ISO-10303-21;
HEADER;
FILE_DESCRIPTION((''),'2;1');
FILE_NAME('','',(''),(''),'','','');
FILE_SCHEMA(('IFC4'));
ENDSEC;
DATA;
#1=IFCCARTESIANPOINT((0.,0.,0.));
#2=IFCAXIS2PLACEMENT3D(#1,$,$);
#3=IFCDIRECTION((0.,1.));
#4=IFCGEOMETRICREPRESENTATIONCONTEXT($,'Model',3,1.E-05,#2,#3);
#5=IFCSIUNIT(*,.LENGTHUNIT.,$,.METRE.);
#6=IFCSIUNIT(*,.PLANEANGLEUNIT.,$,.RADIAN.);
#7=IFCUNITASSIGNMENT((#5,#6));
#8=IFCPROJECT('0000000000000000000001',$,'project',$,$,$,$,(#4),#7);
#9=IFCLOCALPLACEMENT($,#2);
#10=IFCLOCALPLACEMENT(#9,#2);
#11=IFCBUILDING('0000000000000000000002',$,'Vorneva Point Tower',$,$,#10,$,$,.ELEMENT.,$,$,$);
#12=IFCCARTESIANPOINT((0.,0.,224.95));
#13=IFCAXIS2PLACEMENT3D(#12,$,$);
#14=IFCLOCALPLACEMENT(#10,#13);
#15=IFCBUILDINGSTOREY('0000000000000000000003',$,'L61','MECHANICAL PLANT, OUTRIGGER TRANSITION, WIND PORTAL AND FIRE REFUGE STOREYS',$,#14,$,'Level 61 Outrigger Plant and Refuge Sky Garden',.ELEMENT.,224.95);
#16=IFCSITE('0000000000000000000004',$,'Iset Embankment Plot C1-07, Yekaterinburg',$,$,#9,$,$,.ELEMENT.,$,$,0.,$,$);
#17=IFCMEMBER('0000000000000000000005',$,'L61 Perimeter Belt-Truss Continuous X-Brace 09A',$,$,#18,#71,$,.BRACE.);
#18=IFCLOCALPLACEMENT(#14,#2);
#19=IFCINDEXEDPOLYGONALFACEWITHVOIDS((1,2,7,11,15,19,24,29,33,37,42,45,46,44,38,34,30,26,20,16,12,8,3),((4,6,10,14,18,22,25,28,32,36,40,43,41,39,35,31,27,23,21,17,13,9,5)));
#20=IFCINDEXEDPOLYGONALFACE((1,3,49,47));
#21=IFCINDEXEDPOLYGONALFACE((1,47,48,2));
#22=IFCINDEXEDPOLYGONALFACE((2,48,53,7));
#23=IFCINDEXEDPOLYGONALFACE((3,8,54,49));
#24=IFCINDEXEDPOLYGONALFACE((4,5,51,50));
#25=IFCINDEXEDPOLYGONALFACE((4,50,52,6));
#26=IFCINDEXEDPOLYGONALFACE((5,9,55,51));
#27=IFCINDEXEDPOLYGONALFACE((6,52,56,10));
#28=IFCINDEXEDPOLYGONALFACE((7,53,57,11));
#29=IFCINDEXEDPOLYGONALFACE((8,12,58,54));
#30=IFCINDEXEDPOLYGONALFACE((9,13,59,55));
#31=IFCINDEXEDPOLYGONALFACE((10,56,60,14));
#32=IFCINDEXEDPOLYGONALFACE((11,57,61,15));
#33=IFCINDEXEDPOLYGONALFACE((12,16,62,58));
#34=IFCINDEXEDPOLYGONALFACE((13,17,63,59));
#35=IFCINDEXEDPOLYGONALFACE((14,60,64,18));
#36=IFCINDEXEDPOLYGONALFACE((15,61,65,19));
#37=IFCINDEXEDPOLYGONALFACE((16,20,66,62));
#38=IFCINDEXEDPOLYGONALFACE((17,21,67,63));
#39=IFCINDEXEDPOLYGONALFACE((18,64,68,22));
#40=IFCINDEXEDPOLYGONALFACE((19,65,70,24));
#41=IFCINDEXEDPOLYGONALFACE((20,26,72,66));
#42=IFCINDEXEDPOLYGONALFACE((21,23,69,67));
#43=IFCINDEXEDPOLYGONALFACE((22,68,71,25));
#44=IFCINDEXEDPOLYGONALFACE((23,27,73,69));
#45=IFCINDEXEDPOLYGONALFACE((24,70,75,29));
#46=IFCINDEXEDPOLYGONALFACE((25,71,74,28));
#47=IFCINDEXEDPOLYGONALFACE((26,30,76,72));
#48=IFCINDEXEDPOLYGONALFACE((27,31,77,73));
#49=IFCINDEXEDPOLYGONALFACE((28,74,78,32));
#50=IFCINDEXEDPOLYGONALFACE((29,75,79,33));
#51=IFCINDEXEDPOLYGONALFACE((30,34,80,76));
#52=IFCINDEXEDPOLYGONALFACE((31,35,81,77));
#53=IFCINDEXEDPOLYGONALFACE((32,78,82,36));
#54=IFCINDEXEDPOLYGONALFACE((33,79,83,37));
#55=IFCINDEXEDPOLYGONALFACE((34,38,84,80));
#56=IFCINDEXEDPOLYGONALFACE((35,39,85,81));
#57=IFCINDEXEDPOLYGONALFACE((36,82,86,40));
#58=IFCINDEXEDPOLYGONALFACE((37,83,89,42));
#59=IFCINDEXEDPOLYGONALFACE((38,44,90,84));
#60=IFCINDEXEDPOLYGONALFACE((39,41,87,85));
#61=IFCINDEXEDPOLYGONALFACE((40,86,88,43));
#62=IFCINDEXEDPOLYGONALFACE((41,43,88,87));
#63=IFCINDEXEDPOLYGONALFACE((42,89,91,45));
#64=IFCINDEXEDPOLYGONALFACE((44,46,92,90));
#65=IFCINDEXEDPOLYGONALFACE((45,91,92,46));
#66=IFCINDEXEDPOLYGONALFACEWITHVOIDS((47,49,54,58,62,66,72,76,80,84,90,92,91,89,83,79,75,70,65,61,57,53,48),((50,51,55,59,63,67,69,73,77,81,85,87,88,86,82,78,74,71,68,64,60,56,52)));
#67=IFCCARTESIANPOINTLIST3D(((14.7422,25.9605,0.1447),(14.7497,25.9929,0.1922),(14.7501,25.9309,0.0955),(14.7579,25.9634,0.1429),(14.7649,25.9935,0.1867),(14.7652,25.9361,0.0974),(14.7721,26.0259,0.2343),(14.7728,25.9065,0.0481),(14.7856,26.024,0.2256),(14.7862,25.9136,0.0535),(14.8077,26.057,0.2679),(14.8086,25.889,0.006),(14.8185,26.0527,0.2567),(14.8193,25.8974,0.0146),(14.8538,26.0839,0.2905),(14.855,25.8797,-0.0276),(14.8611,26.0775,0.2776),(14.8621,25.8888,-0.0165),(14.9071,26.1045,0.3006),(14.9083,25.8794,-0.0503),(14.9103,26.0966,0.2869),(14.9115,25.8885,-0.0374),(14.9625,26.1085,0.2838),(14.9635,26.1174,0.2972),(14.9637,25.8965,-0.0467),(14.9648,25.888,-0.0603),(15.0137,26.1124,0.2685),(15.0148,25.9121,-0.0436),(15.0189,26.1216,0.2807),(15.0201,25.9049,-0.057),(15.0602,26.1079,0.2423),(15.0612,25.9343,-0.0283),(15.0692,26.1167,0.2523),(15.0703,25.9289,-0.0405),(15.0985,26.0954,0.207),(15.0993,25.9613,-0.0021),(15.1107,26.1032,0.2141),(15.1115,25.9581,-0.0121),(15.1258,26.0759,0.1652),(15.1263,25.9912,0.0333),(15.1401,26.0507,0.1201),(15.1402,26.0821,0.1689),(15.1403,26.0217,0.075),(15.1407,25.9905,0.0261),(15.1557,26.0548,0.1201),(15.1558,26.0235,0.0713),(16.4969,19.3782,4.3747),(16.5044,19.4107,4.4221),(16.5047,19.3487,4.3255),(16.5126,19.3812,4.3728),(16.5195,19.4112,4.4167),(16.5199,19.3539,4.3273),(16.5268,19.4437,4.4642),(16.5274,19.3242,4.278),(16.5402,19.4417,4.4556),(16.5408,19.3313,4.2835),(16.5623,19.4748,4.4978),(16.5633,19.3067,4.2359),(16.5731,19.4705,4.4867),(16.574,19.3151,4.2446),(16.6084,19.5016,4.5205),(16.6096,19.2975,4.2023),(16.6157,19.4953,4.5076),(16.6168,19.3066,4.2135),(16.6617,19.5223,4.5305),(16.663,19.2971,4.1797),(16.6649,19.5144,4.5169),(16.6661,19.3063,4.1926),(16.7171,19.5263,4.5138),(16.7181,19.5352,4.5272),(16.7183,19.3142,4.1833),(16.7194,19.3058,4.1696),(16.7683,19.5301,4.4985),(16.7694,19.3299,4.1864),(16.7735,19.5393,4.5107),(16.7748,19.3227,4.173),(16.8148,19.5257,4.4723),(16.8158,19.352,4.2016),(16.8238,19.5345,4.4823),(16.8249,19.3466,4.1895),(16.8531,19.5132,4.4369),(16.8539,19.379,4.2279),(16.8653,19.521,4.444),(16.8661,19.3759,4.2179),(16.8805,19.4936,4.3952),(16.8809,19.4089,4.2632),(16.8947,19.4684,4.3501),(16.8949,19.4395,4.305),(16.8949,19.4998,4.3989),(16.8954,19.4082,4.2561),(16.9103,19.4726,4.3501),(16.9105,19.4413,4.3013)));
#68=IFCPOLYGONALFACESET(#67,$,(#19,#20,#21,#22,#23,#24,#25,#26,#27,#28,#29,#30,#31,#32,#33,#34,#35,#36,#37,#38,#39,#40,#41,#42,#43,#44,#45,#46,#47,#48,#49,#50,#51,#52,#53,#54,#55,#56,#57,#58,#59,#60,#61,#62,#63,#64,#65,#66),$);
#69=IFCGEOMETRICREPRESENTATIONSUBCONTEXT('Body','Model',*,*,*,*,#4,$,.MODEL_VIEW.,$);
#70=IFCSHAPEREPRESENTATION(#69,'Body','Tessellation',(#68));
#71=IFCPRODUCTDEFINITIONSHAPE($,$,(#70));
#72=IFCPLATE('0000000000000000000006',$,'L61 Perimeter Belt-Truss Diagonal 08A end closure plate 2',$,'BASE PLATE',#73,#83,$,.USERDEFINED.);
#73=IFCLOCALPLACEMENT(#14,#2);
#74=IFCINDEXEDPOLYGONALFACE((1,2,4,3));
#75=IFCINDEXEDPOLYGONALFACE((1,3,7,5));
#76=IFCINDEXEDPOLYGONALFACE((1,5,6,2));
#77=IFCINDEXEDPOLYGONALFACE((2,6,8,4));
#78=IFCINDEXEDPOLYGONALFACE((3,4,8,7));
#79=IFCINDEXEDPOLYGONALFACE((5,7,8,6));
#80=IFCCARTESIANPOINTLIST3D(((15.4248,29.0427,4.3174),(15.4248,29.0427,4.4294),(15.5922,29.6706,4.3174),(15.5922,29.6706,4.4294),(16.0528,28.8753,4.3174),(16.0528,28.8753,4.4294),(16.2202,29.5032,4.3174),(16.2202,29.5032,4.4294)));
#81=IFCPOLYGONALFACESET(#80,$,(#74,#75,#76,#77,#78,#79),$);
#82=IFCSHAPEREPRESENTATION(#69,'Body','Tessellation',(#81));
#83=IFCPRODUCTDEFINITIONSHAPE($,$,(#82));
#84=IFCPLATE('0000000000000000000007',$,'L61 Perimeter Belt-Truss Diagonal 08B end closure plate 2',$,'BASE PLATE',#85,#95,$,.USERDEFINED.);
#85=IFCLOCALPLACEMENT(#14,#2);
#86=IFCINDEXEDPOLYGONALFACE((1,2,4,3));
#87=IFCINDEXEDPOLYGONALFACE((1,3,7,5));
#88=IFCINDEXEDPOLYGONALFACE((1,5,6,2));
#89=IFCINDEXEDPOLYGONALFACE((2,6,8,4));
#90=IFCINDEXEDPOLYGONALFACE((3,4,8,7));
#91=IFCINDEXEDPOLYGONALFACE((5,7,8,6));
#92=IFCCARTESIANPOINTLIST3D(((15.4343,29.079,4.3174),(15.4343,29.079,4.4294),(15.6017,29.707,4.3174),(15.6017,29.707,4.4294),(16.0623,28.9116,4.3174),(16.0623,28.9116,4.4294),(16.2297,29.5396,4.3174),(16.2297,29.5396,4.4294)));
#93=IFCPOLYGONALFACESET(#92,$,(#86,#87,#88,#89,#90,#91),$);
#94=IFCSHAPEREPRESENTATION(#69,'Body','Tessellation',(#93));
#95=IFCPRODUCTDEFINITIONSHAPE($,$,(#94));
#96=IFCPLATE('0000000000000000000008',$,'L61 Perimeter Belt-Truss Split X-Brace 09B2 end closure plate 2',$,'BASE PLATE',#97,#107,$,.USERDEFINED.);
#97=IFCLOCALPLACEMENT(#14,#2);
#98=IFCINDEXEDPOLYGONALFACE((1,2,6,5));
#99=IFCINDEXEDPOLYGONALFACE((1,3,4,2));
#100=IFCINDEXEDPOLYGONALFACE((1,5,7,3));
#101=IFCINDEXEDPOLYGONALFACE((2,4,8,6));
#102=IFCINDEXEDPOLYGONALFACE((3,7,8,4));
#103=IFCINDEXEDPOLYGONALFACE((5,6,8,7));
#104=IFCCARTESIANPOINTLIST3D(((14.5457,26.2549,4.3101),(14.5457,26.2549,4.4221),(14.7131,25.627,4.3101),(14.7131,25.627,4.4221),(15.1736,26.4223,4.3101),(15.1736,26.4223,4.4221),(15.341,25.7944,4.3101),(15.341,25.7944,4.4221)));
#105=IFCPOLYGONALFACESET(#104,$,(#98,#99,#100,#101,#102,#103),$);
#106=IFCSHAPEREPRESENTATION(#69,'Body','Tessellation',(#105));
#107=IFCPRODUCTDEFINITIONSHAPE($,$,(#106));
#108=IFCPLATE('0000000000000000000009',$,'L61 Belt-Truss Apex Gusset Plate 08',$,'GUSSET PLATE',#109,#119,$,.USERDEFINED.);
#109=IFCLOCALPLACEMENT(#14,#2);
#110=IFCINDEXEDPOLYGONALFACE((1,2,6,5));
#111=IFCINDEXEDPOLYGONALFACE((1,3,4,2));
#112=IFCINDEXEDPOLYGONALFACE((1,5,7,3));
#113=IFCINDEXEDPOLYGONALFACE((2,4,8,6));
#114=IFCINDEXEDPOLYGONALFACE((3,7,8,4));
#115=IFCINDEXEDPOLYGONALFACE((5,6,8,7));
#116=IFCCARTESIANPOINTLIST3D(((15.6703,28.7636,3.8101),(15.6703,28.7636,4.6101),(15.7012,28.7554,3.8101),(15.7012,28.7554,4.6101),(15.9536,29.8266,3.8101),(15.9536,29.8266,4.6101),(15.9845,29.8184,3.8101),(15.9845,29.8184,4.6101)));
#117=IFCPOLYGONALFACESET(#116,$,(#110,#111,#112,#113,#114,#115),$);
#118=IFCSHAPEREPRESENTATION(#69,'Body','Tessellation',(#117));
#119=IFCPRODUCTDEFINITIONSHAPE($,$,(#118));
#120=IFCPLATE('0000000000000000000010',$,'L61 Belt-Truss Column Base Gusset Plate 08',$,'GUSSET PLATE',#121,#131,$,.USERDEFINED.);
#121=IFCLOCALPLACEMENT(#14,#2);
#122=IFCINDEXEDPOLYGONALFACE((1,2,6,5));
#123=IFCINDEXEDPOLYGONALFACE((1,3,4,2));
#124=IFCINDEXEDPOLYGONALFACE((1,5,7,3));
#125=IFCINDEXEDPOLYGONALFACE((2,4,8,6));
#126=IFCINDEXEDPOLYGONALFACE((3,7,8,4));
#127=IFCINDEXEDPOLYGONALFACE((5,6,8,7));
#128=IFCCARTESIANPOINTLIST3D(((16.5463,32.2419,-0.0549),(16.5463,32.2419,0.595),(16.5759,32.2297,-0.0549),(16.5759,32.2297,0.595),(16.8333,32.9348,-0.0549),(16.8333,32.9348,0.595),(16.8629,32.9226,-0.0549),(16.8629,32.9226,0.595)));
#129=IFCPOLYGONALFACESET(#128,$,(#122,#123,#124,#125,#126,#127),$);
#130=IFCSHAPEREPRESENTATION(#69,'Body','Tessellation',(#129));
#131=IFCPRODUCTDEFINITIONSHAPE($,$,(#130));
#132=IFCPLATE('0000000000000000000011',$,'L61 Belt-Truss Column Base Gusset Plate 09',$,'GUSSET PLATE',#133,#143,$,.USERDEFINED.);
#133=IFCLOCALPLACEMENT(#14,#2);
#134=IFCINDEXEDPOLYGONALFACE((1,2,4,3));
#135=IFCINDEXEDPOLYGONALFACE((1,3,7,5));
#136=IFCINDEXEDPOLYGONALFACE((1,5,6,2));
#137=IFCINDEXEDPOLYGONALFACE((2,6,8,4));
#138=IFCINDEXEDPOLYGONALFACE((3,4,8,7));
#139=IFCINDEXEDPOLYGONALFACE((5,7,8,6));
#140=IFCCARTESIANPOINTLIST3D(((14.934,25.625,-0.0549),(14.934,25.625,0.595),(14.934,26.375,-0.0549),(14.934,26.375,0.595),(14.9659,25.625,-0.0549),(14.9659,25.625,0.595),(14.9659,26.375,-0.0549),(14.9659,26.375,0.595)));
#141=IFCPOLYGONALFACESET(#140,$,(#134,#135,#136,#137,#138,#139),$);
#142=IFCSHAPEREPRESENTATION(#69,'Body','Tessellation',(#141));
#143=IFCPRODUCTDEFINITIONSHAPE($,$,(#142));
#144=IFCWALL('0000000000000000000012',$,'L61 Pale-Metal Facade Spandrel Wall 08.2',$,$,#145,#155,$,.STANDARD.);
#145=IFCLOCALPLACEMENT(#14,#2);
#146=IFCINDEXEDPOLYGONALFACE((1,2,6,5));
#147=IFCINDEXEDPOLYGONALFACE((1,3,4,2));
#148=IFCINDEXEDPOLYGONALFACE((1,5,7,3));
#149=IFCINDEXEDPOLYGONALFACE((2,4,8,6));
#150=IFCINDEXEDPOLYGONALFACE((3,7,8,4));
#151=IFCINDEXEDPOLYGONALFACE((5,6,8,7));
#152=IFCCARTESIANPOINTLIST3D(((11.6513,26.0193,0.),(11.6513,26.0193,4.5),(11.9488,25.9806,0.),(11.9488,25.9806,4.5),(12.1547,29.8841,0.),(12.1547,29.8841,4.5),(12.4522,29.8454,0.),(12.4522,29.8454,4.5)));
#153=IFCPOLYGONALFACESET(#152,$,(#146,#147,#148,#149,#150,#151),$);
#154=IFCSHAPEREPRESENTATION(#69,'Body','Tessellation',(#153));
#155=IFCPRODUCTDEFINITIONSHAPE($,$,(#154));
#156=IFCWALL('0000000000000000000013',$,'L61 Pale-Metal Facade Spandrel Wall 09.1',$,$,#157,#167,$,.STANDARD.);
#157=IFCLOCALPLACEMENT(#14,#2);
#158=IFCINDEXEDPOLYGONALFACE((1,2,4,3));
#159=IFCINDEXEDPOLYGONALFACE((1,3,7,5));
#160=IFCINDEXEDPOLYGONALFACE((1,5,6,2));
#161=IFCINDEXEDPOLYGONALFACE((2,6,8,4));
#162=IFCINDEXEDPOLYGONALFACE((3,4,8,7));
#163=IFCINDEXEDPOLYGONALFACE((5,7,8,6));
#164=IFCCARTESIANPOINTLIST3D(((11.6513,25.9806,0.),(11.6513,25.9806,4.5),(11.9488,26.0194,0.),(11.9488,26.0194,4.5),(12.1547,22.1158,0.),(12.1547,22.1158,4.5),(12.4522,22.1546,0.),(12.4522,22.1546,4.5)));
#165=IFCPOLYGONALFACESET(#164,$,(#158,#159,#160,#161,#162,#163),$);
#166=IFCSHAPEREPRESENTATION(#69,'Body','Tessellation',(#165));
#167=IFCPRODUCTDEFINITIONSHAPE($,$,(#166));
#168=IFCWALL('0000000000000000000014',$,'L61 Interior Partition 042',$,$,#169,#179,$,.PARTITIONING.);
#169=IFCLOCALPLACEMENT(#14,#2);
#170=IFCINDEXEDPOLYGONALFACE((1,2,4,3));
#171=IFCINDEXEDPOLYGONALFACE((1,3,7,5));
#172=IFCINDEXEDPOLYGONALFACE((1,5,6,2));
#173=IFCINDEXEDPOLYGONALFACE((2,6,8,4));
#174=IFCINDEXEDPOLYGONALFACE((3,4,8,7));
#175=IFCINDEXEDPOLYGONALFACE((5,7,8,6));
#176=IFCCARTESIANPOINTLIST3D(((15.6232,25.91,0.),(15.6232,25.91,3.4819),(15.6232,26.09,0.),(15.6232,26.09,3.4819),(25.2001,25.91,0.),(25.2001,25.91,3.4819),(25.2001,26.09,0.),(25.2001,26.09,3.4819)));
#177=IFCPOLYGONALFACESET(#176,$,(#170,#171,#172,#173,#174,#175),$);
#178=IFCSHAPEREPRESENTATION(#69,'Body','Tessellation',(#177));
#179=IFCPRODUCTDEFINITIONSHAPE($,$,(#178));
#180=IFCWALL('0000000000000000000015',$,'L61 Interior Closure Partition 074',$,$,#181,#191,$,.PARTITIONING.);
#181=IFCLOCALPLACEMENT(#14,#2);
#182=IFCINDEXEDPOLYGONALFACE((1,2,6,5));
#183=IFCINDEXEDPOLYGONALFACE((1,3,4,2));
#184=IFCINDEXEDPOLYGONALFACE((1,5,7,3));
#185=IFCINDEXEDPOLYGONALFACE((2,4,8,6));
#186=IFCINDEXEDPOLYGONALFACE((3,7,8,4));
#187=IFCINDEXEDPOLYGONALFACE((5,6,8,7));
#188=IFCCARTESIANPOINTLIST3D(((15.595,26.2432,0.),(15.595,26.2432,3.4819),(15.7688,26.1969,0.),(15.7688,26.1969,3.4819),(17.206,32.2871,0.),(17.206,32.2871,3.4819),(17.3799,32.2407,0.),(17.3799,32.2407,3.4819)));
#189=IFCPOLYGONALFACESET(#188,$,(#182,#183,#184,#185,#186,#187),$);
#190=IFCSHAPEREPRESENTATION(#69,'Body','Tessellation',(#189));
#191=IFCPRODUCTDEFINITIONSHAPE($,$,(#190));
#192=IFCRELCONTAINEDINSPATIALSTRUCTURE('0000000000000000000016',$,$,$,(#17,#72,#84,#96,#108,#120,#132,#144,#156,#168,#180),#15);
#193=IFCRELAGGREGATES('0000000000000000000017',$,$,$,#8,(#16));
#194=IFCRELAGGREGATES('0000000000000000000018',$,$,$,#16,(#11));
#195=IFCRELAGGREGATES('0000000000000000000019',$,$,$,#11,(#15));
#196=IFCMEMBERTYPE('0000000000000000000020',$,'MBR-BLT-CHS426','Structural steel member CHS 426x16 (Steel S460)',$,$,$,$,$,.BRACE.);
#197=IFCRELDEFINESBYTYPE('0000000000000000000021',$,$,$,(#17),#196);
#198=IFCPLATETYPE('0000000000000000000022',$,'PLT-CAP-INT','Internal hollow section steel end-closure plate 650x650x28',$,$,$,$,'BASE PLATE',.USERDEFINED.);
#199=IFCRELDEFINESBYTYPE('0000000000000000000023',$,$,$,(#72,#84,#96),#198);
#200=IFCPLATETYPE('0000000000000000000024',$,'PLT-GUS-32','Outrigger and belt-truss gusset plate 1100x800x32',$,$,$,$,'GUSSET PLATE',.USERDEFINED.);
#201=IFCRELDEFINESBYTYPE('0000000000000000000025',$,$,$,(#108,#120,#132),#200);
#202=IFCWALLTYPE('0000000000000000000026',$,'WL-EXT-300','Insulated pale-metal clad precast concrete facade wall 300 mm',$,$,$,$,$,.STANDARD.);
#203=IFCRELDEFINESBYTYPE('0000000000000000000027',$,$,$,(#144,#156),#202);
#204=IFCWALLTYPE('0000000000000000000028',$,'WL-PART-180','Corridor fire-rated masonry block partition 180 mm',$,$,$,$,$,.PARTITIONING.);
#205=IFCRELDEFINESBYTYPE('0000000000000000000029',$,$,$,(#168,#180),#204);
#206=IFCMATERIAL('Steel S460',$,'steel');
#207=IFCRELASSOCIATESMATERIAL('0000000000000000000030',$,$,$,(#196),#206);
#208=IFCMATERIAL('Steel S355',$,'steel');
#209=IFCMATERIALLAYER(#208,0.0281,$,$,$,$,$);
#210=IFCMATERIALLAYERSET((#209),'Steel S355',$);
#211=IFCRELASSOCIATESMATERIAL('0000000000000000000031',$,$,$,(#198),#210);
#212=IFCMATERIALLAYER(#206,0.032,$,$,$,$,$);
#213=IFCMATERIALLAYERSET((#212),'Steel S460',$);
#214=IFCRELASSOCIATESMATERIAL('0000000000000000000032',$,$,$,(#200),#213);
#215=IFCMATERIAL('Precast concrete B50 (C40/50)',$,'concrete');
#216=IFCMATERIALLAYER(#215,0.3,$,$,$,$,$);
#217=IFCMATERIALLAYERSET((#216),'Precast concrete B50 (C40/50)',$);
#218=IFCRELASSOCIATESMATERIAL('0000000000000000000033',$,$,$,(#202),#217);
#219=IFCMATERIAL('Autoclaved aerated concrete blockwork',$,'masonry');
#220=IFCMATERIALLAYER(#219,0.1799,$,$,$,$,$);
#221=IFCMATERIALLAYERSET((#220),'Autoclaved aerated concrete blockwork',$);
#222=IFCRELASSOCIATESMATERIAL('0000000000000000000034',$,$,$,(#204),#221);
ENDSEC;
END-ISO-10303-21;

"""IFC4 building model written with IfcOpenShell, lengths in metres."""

from ifc_helpers import new_model, si_unit, direction, frame, frame_2d, origin, origin_2d, place, context, subcontext, project, spatial, rectangle, hollow_circle, extrude, material, layer, layer_set, material_profile, profile_set, type_object, element, save


model = new_model("IFC4")

# Units and contexts
model_context = context("Model", 3, precision=1e-05, world=origin(), true_north=direction((0.0, 1.0)))
body_context = subcontext(model_context, "Body", "Model", "MODEL_VIEW")
ifc_project = project(units=[si_unit("LENGTHUNIT", "METRE"), si_unit("PLANEANGLEUNIT", "RADIAN")], contexts=[model_context])

# Site, building, storey
site_placement = place(None, origin())
site = spatial("IfcSite", under=ifc_project, at=site_placement, Name="Iset Embankment Plot C1-07, Yekaterinburg", CompositionType="ELEMENT", RefElevation=0.0)
building_placement = place(site_placement, origin())
building = spatial("IfcBuilding", under=site, at=building_placement, Name="Vorneva Point Tower", CompositionType="ELEMENT")
storey_placement = place(building_placement, frame((0.0, 0.0, 224.95)))
storey = spatial("IfcBuildingStorey", under=building, at=storey_placement, Name="L61", Description="MECHANICAL PLANT, OUTRIGGER TRANSITION, WIND PORTAL AND FIRE REFUGE STOREYS", LongName="Level 61 Outrigger Plant and Refuge Sky Garden", CompositionType="ELEMENT", Elevation=224.95)

# Shared definitions
ifc_material_1 = material(Name="Steel S460", Category="steel")
ifc_material_2 = material(Name="Steel S355", Category="steel")

# Member
ifc_material_profile_1 = material_profile(ifc_material_1, hollow_circle(Radius=0.2129, WallThickness=0.0161, at=origin_2d()), Name="CHS 426x16")
ifc_profile_set_1 = profile_set([ifc_material_profile_1], Name="Steel S460")
member_type = type_object("IfcMemberType", Name="MBR-BLT-CHS426", Description="Structural steel member CHS 426x16 (Steel S460)", PredefinedType="BRACE", material=ifc_profile_set_1)
member_1_placement = place(storey_placement, frame((14.95, 26.0, 0.1201), z_axis=(0.218821, -0.820877, 0.527522), x_axis=(0.966258, 0.257576, 0.0)))
element("IfcMember", 1, at=member_1_placement, inside=storey, type_object=member_type, Name="L61 Perimeter Belt-Truss Continuous X-Brace 09A", PredefinedType="BRACE", context=body_context, shape_type="SweptSolid", body=[
    extrude(hollow_circle(Radius=0.2129, WallThickness=0.0161, at=origin_2d()), origin(), (0.0, 0.0, 1.0), 8.0186),
])

# Plates
ifc_layer_1 = layer(ifc_material_2, 0.0281)
ifc_layer_set_1 = layer_set([ifc_layer_1], Name="Steel S355")
plate_type_1 = type_object("IfcPlateType", Name="PLT-CAP-INT", Description="Internal hollow section steel end-closure plate 650x650x28", ElementType="BASE PLATE", PredefinedType="USERDEFINED", material=ifc_layer_set_1)
for number, where, z_axis, x_axis, name in (
    (2, (15.8225, 29.2729, 4.3174), (0.0, 0.0, 1.0), (-0.257571, -0.966259, 0.0), "L61 Perimeter Belt-Truss Diagonal 08A end closure plate 2"),
    (3, (15.832, 29.3093, 4.3174), (0.0, 0.0, 1.0), (0.257571, 0.966259, 0.0), "L61 Perimeter Belt-Truss Diagonal 08B end closure plate 2"),
    (4, (14.9434, 26.0247, 4.3101), (0.0, 0.0, 1.0), (-0.257571, 0.966259, 0.0), "L61 Perimeter Belt-Truss Split X-Brace 09B2 end closure plate 2"),
):
    element("IfcPlate", number, at=place(storey_placement, frame(where, z_axis=z_axis, x_axis=x_axis)), inside=storey, type_object=plate_type_1, Name=name, ObjectType="BASE PLATE", PredefinedType="USERDEFINED", context=body_context, shape_type="SweptSolid", body=[
        extrude(rectangle(XDim=0.6499, YDim=0.6499, at=origin_2d()), origin(), (0.0, 0.0, 1.0), 0.1121),
    ])
ifc_layer_2 = layer(ifc_material_1, 0.032)
ifc_layer_set_2 = layer_set([ifc_layer_2], Name="Steel S460")
plate_type_2 = type_object("IfcPlateType", Name="PLT-GUS-32", Description="Outrigger and belt-truss gusset plate 1100x800x32", ElementType="GUSSET PLATE", PredefinedType="USERDEFINED", material=ifc_layer_set_2)
plate_placement = place(storey_placement, frame((15.8274, 29.291, 3.8101), z_axis=(0.0, 0.0, 1.0), x_axis=(-0.257571, -0.966259, 0.0)))
element("IfcPlate", 5, at=plate_placement, inside=storey, type_object=plate_type_2, Name="L61 Belt-Truss Apex Gusset Plate 08", ObjectType="GUSSET PLATE", PredefinedType="USERDEFINED", context=body_context, shape_type="SweptSolid", body=[
    extrude(rectangle(XDim=1.1001, YDim=0.032, at=origin_2d()), origin(), (0.0, 0.0, 1.0), 0.8),
])
for number, where, z_axis, x_axis, name in (
    (6, (16.7046, 32.5823, -0.0549), (0.0, 0.0, 1.0), (-0.382683, -0.92388, 0.0), "L61 Belt-Truss Column Base Gusset Plate 08"),
    (7, (14.95, 26.0, -0.0549), (0.0, 0.0, 1.0), (0.0, -1.0, 0.0), "L61 Belt-Truss Column Base Gusset Plate 09"),
):
    element("IfcPlate", number, at=place(storey_placement, frame(where, z_axis=z_axis, x_axis=x_axis)), inside=storey, type_object=plate_type_2, Name=name, ObjectType="GUSSET PLATE", PredefinedType="USERDEFINED", context=body_context, shape_type="SweptSolid", body=[
        extrude(rectangle(XDim=0.75, YDim=0.032, at=origin_2d()), origin(), (0.0, 0.0, 1.0), 0.6499),
    ])

# Walls
ifc_material_3 = material(Name="Precast concrete B50 (C40/50)", Category="concrete")
ifc_layer_3 = layer(ifc_material_3, 0.3)
ifc_layer_set_3 = layer_set([ifc_layer_3], Name="Precast concrete B50 (C40/50)")
wall_type_1 = type_object("IfcWallType", Name="WL-EXT-300", Description="Insulated pale-metal clad precast concrete facade wall 300 mm", PredefinedType="STANDARD", material=ifc_layer_set_3)
for number, where, z_axis, x_axis, name in (
    (8, (12.3035, 29.8647, 0.0), (0.0, 0.0, 1.0), (-0.129168, -0.991623, 0.0), "L61 Pale-Metal Facade Spandrel Wall 08.2"),
    (9, (11.8, 26.0, 0.0), (0.0, 0.0, 1.0), (0.129168, -0.991623, 0.0), "L61 Pale-Metal Facade Spandrel Wall 09.1"),
):
    element("IfcWall", number, at=place(storey_placement, frame(where, z_axis=z_axis, x_axis=x_axis)), inside=storey, type_object=wall_type_1, Name=name, PredefinedType="STANDARD", context=body_context, shape_type="SweptSolid", body=[
        extrude(rectangle(XDim=3.8975, YDim=0.3, at=frame_2d((1.9487, 0.0))), origin(), (0.0, 0.0, 1.0), 4.5),
    ])
ifc_material_4 = material(Name="Autoclaved aerated concrete blockwork", Category="masonry")
ifc_layer_4 = layer(ifc_material_4, 0.1799)
ifc_layer_set_4 = layer_set([ifc_layer_4], Name="Autoclaved aerated concrete blockwork")
wall_type_2 = type_object("IfcWallType", Name="WL-PART-180", Description="Corridor fire-rated masonry block partition 180 mm", PredefinedType="PARTITIONING", material=ifc_layer_set_4)
wall_1_placement = place(storey_placement, frame((15.623, 26.0, 0.0), z_axis=(0.0, 0.0, 1.0), x_axis=(1.0, 0.0, 0.0)))
element("IfcWall", 10, at=wall_1_placement, inside=storey, type_object=wall_type_2, Name="L61 Interior Partition 042", PredefinedType="PARTITIONING", context=body_context, shape_type="SweptSolid", body=[
    extrude(rectangle(XDim=9.5769, YDim=0.1799, at=frame_2d((4.7886, 0.0))), origin(), (0.0, 0.0, 1.0), 3.4819),
])
wall_2_placement = place(storey_placement, frame((17.293, 32.2639, 0.0), z_axis=(0.0, 0.0, 1.0), x_axis=(-0.257568, -0.96626, 0.0)))
element("IfcWall", 11, at=wall_2_placement, inside=storey, type_object=wall_type_2, Name="L61 Interior Closure Partition 074", PredefinedType="PARTITIONING", context=body_context, shape_type="SweptSolid", body=[
    extrude(rectangle(XDim=6.2549, YDim=0.1799, at=frame_2d((3.1274, 0.0))), origin(), (0.0, 0.0, 1.0), 3.4819),
])

save(model, "model.ifc")
